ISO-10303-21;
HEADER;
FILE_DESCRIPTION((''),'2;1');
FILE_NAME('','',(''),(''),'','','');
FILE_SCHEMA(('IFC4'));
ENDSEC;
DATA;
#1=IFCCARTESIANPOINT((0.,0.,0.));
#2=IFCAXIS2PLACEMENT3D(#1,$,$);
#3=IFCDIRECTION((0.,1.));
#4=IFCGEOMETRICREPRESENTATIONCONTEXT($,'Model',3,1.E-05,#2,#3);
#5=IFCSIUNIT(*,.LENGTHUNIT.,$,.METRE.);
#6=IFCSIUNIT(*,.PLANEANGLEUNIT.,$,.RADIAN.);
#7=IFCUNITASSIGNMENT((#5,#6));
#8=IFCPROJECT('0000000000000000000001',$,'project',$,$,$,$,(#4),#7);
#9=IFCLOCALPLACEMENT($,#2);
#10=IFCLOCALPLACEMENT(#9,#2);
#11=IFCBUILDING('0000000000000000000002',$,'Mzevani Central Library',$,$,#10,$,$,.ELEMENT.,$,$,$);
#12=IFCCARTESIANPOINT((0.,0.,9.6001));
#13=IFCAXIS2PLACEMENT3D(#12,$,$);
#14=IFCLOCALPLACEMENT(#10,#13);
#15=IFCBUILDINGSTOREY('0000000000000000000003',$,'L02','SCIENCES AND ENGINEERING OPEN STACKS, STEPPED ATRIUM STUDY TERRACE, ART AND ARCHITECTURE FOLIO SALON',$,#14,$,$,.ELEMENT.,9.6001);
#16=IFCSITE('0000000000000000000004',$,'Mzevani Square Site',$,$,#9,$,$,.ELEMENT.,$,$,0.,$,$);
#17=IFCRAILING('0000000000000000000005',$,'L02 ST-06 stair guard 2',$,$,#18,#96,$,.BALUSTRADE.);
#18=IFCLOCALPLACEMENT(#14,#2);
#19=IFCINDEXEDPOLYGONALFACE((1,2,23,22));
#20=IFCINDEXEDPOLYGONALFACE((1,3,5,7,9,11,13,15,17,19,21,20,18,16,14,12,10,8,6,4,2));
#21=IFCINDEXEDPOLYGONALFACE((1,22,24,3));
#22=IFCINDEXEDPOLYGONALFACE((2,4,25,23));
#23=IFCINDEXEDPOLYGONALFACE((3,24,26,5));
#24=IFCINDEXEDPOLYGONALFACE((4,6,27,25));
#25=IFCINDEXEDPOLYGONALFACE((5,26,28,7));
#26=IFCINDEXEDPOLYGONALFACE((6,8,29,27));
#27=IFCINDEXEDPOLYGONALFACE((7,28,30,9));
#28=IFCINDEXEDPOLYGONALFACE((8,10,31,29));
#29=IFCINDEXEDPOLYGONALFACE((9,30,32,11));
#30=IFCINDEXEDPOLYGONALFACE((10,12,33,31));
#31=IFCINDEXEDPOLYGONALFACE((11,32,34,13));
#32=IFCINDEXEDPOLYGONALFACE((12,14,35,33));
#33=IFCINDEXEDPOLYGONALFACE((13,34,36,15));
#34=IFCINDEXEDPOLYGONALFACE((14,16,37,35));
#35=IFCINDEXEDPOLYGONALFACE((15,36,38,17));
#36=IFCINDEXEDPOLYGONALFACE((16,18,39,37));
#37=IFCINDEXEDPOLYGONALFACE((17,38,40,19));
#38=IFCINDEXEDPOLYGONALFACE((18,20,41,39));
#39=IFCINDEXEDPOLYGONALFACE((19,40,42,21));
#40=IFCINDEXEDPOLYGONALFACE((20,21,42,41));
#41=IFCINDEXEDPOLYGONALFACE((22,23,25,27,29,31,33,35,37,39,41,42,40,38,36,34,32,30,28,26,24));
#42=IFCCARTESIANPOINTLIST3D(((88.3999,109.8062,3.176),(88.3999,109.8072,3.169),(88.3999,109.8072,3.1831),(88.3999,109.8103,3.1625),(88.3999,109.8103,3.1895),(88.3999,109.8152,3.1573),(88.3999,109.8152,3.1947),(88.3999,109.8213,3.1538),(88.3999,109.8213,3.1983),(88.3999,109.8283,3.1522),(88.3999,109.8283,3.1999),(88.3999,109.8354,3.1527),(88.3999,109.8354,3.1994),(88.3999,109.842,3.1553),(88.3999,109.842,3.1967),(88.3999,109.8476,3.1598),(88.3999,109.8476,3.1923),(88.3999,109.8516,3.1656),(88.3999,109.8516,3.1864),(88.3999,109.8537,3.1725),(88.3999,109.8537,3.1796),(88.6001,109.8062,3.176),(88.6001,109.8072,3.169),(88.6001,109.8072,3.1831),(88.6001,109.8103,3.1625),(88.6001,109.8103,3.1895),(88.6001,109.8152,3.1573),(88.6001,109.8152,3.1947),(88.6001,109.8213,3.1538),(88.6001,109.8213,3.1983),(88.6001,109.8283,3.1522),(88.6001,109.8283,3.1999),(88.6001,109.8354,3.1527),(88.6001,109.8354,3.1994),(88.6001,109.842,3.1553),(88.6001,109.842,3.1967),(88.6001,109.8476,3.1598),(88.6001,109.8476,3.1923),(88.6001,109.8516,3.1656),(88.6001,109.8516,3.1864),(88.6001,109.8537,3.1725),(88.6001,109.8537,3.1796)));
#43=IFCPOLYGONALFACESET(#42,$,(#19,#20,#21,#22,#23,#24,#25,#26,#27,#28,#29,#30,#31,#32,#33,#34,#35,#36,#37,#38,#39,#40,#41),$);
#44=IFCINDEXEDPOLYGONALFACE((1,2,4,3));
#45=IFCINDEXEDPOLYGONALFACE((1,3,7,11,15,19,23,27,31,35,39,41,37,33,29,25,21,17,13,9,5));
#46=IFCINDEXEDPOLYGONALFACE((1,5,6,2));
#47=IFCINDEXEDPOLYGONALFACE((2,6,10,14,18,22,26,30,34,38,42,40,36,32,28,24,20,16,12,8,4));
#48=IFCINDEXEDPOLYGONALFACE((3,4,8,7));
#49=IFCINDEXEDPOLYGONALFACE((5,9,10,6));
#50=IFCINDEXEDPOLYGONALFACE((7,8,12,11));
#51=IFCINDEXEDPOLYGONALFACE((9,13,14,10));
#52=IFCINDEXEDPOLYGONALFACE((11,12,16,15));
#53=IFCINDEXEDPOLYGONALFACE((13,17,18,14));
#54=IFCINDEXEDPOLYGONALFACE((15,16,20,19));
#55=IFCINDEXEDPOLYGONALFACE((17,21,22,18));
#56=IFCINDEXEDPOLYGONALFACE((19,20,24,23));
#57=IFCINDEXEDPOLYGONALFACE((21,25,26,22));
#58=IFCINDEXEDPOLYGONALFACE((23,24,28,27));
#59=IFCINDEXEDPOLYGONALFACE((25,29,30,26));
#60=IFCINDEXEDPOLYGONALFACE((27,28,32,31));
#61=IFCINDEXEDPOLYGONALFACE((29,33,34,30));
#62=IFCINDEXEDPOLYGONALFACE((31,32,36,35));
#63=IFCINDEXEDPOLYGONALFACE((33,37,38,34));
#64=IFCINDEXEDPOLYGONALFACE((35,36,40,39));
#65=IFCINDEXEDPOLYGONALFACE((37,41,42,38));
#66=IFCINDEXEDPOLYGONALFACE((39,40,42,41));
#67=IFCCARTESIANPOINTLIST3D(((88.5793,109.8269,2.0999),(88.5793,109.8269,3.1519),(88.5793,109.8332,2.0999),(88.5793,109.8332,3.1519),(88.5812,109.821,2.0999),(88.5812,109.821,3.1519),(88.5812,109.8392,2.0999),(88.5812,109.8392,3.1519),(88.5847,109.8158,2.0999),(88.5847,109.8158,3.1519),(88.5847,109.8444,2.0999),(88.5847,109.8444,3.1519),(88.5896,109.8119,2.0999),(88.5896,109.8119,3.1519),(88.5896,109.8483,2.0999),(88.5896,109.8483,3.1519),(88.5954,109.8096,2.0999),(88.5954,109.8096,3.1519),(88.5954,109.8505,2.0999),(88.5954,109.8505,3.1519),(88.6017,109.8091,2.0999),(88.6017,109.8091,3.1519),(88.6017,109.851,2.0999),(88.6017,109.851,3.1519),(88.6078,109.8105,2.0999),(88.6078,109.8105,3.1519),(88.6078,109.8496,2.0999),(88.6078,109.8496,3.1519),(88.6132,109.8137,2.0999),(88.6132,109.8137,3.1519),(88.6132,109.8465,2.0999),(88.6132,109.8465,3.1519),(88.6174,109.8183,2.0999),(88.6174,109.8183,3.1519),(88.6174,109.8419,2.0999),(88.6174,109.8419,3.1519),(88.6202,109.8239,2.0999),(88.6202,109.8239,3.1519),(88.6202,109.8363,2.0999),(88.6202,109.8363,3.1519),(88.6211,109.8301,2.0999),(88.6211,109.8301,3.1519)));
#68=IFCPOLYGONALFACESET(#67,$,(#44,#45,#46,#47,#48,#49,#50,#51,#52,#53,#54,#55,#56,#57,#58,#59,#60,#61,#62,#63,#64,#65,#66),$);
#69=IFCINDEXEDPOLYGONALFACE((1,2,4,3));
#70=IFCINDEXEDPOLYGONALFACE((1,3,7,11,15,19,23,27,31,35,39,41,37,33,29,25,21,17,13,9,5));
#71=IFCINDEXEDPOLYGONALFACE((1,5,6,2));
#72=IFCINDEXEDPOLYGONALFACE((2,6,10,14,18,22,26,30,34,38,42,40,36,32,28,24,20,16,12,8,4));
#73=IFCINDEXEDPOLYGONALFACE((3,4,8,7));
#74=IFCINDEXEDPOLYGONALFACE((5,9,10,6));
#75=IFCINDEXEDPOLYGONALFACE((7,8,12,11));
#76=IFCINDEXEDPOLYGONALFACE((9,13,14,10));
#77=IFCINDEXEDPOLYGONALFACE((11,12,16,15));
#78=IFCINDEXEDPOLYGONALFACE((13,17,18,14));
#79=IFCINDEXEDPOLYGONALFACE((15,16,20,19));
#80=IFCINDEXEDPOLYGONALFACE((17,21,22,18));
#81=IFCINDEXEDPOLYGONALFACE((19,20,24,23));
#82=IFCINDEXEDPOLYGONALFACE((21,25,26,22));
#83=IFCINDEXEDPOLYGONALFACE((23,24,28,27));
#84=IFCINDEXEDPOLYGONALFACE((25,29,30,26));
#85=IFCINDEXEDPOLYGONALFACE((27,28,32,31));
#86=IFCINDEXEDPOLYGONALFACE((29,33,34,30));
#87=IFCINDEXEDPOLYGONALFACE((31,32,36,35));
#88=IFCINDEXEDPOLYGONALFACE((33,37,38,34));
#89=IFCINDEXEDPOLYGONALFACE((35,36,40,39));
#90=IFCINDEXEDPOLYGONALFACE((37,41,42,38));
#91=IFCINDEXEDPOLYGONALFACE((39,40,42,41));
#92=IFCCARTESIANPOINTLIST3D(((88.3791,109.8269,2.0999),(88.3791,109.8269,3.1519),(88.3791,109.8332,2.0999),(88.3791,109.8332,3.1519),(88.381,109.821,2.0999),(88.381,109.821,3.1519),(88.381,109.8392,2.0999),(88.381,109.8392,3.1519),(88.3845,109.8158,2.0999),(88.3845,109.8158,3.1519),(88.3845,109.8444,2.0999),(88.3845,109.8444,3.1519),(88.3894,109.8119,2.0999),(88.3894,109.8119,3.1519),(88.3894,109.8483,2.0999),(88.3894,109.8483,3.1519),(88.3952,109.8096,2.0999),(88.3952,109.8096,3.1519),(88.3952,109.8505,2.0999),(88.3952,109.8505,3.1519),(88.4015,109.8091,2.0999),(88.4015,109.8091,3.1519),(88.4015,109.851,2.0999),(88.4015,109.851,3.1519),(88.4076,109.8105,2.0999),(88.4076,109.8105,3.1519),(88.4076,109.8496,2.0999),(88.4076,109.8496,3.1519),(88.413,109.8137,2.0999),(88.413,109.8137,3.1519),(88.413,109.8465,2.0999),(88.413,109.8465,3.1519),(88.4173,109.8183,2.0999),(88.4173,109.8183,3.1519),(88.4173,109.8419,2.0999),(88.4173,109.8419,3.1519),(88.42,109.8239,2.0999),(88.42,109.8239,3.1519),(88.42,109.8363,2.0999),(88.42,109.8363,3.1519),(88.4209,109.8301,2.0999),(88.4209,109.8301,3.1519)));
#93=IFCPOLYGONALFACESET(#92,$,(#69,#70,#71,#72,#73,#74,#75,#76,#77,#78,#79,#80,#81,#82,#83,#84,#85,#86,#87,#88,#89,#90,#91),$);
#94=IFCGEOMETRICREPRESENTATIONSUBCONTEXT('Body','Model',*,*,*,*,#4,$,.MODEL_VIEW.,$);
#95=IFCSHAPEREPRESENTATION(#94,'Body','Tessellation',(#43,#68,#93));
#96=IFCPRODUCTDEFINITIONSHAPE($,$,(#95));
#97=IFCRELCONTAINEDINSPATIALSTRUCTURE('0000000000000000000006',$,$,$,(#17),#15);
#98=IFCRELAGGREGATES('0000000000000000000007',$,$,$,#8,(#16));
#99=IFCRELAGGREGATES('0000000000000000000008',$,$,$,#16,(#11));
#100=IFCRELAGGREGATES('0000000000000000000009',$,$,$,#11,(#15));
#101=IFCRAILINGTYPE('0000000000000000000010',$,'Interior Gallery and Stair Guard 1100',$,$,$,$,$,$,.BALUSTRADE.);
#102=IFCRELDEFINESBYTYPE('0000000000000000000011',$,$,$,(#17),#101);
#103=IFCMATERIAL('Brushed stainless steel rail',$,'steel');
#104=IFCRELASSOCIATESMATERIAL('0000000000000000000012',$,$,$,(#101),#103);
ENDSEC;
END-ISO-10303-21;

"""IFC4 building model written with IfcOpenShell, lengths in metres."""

from ifc_helpers import new_model, si_unit, direction, frame, origin, origin_2d, place, context, subcontext, project, spatial, circle, extrude, material, type_object, element, save


model = new_model("IFC4")

# Units and contexts
model_context = context("Model", 3, precision=1e-05, world=origin(), true_north=direction((0.0, 1.0)))
body_context = subcontext(model_context, "Body", "Model", "MODEL_VIEW")
ifc_project = project(units=[si_unit("LENGTHUNIT", "METRE"), si_unit("PLANEANGLEUNIT", "RADIAN")], contexts=[model_context])

# Site, building, storey
site_placement = place(None, origin())
site = spatial("IfcSite", under=ifc_project, at=site_placement, Name="Mzevani Square Site", CompositionType="ELEMENT", RefElevation=0.0)
building_placement = place(site_placement, origin())
building = spatial("IfcBuilding", under=site, at=building_placement, Name="Mzevani Central Library", CompositionType="ELEMENT")
storey_placement = place(building_placement, frame((0.0, 0.0, 9.6001)))
storey = spatial("IfcBuildingStorey", under=building, at=storey_placement, Name="L02", Description="SCIENCES AND ENGINEERING OPEN STACKS, STEPPED ATRIUM STUDY TERRACE, ART AND ARCHITECTURE FOLIO SALON", CompositionType="ELEMENT", Elevation=9.6001)

# Railing
ifc_material_1 = material(Name="Brushed stainless steel rail", Category="steel")
railing_type_1 = type_object("IfcRailingType", Name="Interior Gallery and Stair Guard 1100", PredefinedType="BALUSTRADE", material=ifc_material_1)
railing_1_placement = place(storey_placement, frame((88.6001, 109.8301, 2.0999)))
element("IfcRailing", 1, at=railing_1_placement, inside=storey, type_object=railing_type_1, Name="L02 ST-06 stair guard 2", PredefinedType="BALUSTRADE", context=body_context, shape_type="SweptSolid", body=[
    extrude(circle(Radius=0.0239, at=origin_2d()), frame((0.0, 0.0, 1.0762), z_axis=(-1.0, 0.0, 0.0), x_axis=(0.0, -1.0, 0.0)), (0.0, 0.0, 1.0), 0.2002),
    extrude(circle(Radius=0.021, at=origin_2d()), origin(), (0.0, 0.0, 1.0), 1.052),
    extrude(circle(Radius=0.021, at=origin_2d()), frame((-0.2002, 0.0, 0.0)), (0.0, 0.0, 1.0), 1.052),
])

save(model, "model.ifc")
